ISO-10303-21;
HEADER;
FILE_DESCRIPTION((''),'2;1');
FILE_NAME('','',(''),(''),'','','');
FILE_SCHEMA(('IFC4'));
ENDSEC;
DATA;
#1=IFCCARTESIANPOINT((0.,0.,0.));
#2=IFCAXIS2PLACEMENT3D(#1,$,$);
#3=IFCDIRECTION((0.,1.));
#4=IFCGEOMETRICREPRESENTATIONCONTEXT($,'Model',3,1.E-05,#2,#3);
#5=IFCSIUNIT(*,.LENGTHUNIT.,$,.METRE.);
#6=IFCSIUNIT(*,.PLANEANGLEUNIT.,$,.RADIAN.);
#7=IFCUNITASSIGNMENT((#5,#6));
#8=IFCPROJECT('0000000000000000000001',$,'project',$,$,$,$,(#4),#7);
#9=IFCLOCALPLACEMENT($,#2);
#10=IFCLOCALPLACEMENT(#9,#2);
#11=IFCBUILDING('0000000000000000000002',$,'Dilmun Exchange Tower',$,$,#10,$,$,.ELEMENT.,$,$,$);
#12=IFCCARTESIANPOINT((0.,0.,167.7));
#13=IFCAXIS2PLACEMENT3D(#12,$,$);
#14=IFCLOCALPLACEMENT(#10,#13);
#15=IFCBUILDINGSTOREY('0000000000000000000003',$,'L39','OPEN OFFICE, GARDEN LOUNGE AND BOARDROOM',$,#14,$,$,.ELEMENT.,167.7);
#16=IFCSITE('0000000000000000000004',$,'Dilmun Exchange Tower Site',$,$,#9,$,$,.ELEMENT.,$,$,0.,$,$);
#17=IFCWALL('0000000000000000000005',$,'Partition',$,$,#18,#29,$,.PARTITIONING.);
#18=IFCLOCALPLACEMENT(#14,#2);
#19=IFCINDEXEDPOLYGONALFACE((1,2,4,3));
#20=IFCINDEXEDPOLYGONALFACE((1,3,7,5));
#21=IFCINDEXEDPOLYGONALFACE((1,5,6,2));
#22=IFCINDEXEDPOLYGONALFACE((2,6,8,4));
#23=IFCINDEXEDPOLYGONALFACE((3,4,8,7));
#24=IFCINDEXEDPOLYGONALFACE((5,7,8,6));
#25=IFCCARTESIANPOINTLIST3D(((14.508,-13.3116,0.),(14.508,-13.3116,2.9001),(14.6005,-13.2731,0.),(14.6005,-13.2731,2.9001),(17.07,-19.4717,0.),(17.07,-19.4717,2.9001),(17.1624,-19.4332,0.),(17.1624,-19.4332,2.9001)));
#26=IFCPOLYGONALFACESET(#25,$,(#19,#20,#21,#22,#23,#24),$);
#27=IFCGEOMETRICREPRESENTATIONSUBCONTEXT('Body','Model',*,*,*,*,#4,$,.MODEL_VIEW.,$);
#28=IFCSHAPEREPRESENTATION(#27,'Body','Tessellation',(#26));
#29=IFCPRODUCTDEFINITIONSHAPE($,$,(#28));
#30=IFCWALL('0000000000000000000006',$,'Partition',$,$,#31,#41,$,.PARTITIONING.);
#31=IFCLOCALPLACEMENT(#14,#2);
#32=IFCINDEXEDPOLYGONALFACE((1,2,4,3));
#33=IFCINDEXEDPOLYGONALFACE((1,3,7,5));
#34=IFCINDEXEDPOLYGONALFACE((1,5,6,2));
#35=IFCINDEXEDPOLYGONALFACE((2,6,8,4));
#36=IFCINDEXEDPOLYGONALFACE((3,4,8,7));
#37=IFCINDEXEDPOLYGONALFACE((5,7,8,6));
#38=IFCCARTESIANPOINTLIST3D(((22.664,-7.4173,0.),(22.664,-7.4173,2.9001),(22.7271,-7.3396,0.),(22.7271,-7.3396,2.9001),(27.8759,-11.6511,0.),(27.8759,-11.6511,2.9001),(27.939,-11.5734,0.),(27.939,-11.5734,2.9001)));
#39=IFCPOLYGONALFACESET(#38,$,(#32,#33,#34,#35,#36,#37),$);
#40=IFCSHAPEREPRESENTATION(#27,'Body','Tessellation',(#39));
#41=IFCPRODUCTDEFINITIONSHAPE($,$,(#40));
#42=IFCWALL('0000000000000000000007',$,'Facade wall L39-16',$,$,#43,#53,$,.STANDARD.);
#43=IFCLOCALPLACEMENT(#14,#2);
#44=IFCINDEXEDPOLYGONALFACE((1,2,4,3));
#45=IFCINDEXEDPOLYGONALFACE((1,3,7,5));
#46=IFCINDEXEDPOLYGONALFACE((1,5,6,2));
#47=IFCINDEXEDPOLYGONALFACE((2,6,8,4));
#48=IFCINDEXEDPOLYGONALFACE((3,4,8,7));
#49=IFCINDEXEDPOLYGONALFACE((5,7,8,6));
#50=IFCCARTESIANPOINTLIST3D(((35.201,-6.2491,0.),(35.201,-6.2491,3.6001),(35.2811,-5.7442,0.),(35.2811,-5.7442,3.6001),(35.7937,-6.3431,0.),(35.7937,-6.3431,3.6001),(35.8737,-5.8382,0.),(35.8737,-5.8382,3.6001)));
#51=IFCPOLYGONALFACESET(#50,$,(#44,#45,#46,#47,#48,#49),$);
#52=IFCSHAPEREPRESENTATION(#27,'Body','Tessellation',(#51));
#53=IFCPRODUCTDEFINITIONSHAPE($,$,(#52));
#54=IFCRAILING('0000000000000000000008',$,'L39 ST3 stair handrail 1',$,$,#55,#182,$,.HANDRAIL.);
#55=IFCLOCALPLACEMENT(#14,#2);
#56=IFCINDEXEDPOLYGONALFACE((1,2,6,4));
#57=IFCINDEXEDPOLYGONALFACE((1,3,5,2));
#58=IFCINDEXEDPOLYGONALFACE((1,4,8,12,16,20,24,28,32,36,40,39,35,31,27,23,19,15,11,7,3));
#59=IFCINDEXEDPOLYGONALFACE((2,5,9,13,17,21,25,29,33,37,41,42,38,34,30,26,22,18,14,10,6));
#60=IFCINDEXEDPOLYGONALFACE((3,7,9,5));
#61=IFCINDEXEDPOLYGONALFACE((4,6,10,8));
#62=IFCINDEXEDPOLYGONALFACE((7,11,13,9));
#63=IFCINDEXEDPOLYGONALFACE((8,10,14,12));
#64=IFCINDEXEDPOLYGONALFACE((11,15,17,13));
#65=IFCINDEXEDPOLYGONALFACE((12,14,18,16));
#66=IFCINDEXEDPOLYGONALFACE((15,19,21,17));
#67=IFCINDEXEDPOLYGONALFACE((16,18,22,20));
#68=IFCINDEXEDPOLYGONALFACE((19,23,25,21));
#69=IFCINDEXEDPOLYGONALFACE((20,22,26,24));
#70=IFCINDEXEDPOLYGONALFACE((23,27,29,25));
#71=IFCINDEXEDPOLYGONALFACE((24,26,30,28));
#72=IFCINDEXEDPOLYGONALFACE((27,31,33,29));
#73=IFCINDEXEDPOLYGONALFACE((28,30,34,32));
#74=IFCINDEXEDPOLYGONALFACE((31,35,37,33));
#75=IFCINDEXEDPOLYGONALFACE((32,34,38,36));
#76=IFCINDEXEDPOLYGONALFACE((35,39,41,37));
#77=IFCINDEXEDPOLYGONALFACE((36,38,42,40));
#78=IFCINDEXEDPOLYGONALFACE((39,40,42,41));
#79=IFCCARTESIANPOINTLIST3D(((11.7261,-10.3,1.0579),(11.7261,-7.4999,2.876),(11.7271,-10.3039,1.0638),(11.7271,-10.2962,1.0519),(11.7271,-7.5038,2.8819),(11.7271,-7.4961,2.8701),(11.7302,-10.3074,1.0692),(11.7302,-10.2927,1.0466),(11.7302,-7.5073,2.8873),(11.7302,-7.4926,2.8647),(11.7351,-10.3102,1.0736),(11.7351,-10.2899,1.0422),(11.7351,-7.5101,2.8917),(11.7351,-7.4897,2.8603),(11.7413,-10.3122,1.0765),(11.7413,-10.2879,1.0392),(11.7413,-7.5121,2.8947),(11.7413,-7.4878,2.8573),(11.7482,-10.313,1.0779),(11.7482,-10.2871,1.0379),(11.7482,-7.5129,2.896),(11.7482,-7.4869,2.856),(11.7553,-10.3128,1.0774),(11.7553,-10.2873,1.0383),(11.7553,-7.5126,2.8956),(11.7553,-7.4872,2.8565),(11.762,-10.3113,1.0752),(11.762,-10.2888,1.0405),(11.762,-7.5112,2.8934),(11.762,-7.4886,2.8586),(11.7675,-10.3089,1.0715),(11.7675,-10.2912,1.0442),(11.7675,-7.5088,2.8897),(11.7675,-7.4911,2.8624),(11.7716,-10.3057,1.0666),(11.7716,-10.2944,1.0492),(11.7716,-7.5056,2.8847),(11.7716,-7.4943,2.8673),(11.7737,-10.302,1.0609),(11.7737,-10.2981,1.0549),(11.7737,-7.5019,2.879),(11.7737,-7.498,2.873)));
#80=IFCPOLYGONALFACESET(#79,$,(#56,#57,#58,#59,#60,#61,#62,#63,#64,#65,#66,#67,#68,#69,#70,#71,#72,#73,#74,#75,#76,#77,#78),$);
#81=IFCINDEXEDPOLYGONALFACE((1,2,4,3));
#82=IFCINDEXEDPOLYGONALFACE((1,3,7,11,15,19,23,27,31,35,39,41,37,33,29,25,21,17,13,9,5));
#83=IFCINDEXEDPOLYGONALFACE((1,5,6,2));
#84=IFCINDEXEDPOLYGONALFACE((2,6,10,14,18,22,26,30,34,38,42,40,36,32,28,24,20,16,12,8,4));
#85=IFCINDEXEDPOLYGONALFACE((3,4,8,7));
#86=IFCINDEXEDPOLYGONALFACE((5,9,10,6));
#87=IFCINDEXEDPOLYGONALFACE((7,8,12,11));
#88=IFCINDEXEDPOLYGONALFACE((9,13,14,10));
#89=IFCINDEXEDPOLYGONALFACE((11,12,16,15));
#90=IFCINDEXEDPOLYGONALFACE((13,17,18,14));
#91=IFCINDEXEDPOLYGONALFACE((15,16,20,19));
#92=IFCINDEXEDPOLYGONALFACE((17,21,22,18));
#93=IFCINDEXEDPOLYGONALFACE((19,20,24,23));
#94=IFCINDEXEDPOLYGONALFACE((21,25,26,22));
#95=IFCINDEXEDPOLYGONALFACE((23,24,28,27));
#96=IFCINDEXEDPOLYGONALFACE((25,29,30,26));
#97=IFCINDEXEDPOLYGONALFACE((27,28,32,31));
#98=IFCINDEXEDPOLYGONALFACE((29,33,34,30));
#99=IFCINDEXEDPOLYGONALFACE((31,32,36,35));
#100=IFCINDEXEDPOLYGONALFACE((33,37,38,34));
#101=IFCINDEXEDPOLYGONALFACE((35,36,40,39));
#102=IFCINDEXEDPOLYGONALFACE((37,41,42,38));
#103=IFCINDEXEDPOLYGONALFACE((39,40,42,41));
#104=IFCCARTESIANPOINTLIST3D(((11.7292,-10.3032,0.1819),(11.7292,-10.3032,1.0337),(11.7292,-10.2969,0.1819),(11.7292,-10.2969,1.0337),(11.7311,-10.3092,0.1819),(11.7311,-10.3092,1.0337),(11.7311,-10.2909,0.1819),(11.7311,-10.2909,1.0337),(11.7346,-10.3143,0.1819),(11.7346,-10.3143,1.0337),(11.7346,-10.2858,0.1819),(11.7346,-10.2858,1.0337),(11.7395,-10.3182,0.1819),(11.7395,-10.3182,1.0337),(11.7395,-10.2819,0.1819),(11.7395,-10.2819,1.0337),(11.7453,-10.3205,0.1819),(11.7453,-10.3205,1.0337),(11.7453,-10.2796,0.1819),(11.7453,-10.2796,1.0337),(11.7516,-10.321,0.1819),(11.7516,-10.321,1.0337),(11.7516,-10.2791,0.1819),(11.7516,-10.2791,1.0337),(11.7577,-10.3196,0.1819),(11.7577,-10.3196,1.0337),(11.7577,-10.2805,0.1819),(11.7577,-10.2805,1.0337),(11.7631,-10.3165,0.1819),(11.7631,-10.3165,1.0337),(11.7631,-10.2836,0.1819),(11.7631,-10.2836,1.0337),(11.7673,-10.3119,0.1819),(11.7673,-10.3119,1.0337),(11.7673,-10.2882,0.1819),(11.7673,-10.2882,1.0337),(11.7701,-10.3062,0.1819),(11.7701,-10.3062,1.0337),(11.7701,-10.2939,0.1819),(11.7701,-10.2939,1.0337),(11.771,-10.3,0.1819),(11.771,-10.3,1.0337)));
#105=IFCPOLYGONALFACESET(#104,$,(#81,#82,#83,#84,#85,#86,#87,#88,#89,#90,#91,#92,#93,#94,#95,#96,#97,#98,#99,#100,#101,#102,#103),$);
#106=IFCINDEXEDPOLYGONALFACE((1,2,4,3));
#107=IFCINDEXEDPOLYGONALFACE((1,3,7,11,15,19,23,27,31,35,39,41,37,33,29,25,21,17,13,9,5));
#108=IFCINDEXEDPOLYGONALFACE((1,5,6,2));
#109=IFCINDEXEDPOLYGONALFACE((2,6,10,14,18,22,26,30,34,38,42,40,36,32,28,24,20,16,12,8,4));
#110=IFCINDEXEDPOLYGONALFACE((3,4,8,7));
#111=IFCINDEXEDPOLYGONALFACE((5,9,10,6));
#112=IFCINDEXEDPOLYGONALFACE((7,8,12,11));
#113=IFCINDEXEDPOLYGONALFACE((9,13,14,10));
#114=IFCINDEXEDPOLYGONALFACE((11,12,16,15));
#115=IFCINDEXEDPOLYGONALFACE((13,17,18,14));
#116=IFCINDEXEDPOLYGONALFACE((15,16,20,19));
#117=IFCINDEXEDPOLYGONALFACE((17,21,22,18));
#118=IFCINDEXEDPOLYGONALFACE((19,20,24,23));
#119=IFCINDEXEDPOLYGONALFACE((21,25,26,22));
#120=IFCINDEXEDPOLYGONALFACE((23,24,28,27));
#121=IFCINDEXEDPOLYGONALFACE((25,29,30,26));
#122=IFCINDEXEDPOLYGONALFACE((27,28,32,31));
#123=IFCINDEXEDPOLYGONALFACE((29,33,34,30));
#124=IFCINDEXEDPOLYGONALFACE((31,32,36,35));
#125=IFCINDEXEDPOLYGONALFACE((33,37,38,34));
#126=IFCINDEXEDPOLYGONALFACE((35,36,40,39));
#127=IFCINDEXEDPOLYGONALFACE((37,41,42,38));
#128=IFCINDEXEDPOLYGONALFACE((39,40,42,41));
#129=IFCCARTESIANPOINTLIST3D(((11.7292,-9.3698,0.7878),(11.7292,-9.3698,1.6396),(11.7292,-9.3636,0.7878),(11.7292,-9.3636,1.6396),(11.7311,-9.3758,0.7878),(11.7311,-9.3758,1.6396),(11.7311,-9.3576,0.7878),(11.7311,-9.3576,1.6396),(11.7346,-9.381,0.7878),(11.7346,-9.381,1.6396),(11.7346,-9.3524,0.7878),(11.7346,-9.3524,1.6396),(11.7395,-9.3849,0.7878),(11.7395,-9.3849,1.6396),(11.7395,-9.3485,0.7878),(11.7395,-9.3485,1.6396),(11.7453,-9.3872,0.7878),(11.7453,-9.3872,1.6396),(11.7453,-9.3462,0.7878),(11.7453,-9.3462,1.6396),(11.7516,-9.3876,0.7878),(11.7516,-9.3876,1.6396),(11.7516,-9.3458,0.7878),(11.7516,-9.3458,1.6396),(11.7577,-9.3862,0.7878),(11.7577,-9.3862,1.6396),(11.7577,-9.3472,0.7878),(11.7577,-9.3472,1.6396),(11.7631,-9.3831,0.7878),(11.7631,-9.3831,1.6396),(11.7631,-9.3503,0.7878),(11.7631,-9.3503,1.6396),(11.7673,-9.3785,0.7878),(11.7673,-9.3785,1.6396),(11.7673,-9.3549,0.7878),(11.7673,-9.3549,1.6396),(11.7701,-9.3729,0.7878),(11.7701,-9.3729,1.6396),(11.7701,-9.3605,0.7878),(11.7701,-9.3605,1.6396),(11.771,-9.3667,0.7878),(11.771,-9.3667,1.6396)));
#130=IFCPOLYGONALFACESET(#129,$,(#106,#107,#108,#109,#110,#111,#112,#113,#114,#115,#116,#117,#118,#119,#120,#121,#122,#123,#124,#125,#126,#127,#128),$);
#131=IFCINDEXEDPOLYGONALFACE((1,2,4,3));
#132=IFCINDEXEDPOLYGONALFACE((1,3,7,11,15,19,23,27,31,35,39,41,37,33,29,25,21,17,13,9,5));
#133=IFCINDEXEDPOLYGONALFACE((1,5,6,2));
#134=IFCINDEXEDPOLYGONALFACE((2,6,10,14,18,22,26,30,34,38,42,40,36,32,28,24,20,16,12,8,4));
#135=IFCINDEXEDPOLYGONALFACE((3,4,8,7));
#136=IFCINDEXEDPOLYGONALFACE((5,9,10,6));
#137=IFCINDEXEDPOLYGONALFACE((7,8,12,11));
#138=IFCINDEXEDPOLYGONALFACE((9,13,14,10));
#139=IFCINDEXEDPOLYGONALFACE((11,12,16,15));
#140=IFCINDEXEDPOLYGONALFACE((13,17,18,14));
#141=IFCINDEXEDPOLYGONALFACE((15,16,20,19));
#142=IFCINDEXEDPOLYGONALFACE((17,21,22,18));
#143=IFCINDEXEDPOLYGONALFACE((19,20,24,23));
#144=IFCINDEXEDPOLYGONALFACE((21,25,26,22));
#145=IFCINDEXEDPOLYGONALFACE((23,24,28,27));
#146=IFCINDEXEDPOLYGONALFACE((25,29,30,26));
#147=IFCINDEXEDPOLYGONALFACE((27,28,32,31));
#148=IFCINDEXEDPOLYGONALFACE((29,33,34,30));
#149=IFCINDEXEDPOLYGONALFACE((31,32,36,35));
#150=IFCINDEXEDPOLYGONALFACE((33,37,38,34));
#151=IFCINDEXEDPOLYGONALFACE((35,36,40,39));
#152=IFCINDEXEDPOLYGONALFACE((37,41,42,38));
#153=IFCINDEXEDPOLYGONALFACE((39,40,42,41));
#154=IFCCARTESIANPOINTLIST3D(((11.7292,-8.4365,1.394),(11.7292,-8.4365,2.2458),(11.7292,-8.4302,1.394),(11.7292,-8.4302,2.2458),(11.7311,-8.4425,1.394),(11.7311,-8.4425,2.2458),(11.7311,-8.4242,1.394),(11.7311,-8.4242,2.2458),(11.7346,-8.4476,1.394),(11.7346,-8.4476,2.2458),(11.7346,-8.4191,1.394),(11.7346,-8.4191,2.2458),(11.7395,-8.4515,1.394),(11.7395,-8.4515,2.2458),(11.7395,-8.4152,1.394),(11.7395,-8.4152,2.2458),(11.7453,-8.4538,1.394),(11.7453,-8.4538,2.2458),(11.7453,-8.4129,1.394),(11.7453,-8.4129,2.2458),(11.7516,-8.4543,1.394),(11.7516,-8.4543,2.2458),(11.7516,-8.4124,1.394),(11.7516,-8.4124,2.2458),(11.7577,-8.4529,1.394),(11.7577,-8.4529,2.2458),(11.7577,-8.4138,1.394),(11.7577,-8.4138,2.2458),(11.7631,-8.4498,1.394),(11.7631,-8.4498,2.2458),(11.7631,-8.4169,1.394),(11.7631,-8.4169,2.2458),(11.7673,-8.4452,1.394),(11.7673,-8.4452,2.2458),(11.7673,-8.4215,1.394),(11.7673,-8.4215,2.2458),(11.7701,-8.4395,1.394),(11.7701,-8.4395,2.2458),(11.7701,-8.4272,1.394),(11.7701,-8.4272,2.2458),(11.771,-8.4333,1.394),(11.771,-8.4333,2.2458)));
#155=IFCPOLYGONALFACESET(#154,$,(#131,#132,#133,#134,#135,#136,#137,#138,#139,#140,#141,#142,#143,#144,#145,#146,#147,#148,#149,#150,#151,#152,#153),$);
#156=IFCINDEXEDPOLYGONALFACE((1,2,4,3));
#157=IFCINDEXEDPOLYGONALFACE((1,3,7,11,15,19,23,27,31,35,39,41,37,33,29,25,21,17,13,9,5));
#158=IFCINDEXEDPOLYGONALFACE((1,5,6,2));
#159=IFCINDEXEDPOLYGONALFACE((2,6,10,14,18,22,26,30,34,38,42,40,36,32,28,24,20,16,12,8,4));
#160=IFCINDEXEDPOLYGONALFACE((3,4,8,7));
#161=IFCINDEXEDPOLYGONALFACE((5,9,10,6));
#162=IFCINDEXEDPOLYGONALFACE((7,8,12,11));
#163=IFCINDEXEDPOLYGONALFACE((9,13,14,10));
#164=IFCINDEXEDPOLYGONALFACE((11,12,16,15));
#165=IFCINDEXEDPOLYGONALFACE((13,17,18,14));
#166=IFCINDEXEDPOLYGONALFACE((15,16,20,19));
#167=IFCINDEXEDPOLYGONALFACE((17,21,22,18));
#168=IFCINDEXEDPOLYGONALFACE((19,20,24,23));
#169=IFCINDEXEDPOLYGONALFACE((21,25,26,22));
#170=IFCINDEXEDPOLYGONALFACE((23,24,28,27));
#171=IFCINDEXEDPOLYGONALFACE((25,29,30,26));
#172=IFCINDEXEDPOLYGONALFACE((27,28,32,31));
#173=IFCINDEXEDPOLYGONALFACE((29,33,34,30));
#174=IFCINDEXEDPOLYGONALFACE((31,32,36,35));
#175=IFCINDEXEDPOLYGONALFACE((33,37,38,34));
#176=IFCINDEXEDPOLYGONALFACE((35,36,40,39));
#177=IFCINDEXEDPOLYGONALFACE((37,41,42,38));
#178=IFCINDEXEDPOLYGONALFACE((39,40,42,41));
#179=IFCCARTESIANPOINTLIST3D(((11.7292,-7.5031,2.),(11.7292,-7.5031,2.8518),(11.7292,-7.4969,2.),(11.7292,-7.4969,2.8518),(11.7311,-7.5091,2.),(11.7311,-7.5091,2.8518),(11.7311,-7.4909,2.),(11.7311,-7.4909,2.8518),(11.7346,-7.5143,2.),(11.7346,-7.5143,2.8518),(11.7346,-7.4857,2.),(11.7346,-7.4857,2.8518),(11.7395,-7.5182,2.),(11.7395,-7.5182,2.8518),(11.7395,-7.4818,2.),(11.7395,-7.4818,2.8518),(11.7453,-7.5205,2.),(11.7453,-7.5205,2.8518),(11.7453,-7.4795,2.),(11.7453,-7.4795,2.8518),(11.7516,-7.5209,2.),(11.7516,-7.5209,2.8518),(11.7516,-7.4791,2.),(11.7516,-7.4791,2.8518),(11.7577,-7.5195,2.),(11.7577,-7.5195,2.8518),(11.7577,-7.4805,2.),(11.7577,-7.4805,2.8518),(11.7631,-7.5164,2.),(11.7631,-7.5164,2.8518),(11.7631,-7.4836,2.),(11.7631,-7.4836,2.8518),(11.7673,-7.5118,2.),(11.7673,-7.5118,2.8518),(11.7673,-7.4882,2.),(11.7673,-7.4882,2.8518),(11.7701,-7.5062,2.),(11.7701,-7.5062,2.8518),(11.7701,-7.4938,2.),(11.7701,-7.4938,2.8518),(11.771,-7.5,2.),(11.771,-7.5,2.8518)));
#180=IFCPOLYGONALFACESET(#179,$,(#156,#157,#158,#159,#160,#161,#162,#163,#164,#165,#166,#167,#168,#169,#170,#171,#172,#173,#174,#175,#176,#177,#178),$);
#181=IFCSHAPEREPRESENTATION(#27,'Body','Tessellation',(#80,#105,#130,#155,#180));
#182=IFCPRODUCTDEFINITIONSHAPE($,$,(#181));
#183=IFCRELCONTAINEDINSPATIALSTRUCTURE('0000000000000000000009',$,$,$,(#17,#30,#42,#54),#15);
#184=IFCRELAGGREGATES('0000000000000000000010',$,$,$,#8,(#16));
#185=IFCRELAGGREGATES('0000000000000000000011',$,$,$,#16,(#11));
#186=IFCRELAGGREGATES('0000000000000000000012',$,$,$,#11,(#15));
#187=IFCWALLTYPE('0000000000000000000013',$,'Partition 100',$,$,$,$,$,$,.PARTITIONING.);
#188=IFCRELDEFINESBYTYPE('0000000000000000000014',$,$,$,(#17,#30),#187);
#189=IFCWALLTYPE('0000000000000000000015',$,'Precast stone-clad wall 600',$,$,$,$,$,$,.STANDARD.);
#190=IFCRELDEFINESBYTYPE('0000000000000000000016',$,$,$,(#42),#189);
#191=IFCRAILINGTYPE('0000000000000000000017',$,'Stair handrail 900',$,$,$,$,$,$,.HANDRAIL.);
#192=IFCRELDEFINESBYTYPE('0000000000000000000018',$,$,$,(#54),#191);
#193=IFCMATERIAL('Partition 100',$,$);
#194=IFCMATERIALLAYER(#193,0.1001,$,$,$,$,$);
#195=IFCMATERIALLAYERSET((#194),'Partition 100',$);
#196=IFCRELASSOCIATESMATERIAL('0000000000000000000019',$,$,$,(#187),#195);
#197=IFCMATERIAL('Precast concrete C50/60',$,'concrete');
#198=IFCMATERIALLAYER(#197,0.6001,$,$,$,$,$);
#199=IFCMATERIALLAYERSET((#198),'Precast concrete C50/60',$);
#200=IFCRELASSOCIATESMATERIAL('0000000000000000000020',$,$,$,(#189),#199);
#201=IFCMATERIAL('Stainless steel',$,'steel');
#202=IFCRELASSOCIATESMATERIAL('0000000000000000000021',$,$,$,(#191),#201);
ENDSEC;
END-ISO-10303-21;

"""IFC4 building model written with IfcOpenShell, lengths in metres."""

from ifc_helpers import new_model, si_unit, direction, frame, frame_2d, origin, origin_2d, place, context, subcontext, project, spatial, rectangle, circle, extrude, material, layer, layer_set, type_object, element, save


model = new_model("IFC4")

# Units and contexts
model_context = context("Model", 3, precision=1e-05, world=origin(), true_north=direction((0.0, 1.0)))
body_context = subcontext(model_context, "Body", "Model", "MODEL_VIEW")
ifc_project = project(units=[si_unit("LENGTHUNIT", "METRE"), si_unit("PLANEANGLEUNIT", "RADIAN")], contexts=[model_context])

# Site, building, storey
site_placement = place(None, origin())
site = spatial("IfcSite", under=ifc_project, at=site_placement, Name="Dilmun Exchange Tower Site", CompositionType="ELEMENT", RefElevation=0.0)
building_placement = place(site_placement, origin())
building = spatial("IfcBuilding", under=site, at=building_placement, Name="Dilmun Exchange Tower", CompositionType="ELEMENT")
storey_placement = place(building_placement, frame((0.0, 0.0, 167.7)))
storey = spatial("IfcBuildingStorey", under=building, at=storey_placement, Name="L39", Description="OPEN OFFICE, GARDEN LOUNGE AND BOARDROOM", CompositionType="ELEMENT", Elevation=167.7)

# Walls
ifc_material_1 = material(Name="Partition 100")
ifc_layer_1 = layer(ifc_material_1, 0.1001)
ifc_layer_set_1 = layer_set([ifc_layer_1], Name="Partition 100")
wall_type_1 = type_object("IfcWallType", Name="Partition 100", PredefinedType="PARTITIONING", material=ifc_layer_set_1)
wall_1_placement = place(storey_placement, frame((14.5542, -13.2922, 0.0), z_axis=(0.0, 0.0, 1.0), x_axis=(0.384012, -0.923328, 0.0)))
element("IfcWall", 1, at=wall_1_placement, inside=storey, type_object=wall_type_1, Name="Partition", PredefinedType="PARTITIONING", context=body_context, shape_type="SweptSolid", body=[
    extrude(rectangle(XDim=6.6716, YDim=0.1001, at=frame_2d((3.3359, 0.0))), origin(), (0.0, 0.0, 1.0), 2.9001),
])
wall_2_placement = place(storey_placement, frame((22.6956, -7.3784, 0.0), z_axis=(0.0, 0.0, 1.0), x_axis=(0.776172, -0.630521, 0.0)))
element("IfcWall", 2, at=wall_2_placement, inside=storey, type_object=wall_type_1, Name="Partition", PredefinedType="PARTITIONING", context=body_context, shape_type="SweptSolid", body=[
    extrude(rectangle(XDim=6.7148, YDim=0.1001, at=frame_2d((3.3574, 0.0))), origin(), (0.0, 0.0, 1.0), 2.9001),
])
ifc_material_2 = material(Name="Precast concrete C50/60", Category="concrete")
ifc_layer_2 = layer(ifc_material_2, 0.6001)
ifc_layer_set_2 = layer_set([ifc_layer_2], Name="Precast concrete C50/60")
wall_type_2 = type_object("IfcWallType", Name="Precast stone-clad wall 600", PredefinedType="STANDARD", material=ifc_layer_set_2)
wall_3_placement = place(storey_placement, frame((35.4973, -6.2961, 0.0), z_axis=(0.0, 0.0, 1.0), x_axis=(0.156649, 0.987654, 0.0)))
element("IfcWall", 3, at=wall_3_placement, inside=storey, type_object=wall_type_2, Name="Facade wall L39-16", PredefinedType="STANDARD", context=body_context, shape_type="SweptSolid", body=[
    extrude(rectangle(XDim=0.5112, YDim=0.6001, at=frame_2d((0.2556, 0.0))), origin(), (0.0, 0.0, 1.0), 3.6001),
])

# Railing
ifc_material_3 = material(Name="Stainless steel", Category="steel")
railing_type = type_object("IfcRailingType", Name="Stair handrail 900", PredefinedType="HANDRAIL", material=ifc_material_3)
railing_placement = place(storey_placement, frame((11.75, -10.3, 0.1819)))
element("IfcRailing", 4, at=railing_placement, inside=storey, type_object=railing_type, Name="L39 ST3 stair handrail 1", PredefinedType="HANDRAIL", context=body_context, shape_type="SweptSolid", body=[
    extrude(circle(Radius=0.0239, at=origin_2d()), frame((0.0, 0.0, 0.876), z_axis=(0.0, 0.838706, 0.544585), x_axis=(-1.0, 0.0, 0.0)), (0.0, 0.0, 1.0), 3.3386),
    extrude(circle(Radius=0.021, at=origin_2d()), origin(), (0.0, 0.0, 1.0), 0.8518),
    extrude(circle(Radius=0.021, at=origin_2d()), frame((0.0, 0.9333, 0.606)), (0.0, 0.0, 1.0), 0.8518),
    extrude(circle(Radius=0.021, at=origin_2d()), frame((0.0, 1.8667, 1.2122)), (0.0, 0.0, 1.0), 0.8518),
    extrude(circle(Radius=0.021, at=origin_2d()), frame((0.0, 2.8, 1.8181)), (0.0, 0.0, 1.0), 0.8518),
])

save(model, "model.ifc")
